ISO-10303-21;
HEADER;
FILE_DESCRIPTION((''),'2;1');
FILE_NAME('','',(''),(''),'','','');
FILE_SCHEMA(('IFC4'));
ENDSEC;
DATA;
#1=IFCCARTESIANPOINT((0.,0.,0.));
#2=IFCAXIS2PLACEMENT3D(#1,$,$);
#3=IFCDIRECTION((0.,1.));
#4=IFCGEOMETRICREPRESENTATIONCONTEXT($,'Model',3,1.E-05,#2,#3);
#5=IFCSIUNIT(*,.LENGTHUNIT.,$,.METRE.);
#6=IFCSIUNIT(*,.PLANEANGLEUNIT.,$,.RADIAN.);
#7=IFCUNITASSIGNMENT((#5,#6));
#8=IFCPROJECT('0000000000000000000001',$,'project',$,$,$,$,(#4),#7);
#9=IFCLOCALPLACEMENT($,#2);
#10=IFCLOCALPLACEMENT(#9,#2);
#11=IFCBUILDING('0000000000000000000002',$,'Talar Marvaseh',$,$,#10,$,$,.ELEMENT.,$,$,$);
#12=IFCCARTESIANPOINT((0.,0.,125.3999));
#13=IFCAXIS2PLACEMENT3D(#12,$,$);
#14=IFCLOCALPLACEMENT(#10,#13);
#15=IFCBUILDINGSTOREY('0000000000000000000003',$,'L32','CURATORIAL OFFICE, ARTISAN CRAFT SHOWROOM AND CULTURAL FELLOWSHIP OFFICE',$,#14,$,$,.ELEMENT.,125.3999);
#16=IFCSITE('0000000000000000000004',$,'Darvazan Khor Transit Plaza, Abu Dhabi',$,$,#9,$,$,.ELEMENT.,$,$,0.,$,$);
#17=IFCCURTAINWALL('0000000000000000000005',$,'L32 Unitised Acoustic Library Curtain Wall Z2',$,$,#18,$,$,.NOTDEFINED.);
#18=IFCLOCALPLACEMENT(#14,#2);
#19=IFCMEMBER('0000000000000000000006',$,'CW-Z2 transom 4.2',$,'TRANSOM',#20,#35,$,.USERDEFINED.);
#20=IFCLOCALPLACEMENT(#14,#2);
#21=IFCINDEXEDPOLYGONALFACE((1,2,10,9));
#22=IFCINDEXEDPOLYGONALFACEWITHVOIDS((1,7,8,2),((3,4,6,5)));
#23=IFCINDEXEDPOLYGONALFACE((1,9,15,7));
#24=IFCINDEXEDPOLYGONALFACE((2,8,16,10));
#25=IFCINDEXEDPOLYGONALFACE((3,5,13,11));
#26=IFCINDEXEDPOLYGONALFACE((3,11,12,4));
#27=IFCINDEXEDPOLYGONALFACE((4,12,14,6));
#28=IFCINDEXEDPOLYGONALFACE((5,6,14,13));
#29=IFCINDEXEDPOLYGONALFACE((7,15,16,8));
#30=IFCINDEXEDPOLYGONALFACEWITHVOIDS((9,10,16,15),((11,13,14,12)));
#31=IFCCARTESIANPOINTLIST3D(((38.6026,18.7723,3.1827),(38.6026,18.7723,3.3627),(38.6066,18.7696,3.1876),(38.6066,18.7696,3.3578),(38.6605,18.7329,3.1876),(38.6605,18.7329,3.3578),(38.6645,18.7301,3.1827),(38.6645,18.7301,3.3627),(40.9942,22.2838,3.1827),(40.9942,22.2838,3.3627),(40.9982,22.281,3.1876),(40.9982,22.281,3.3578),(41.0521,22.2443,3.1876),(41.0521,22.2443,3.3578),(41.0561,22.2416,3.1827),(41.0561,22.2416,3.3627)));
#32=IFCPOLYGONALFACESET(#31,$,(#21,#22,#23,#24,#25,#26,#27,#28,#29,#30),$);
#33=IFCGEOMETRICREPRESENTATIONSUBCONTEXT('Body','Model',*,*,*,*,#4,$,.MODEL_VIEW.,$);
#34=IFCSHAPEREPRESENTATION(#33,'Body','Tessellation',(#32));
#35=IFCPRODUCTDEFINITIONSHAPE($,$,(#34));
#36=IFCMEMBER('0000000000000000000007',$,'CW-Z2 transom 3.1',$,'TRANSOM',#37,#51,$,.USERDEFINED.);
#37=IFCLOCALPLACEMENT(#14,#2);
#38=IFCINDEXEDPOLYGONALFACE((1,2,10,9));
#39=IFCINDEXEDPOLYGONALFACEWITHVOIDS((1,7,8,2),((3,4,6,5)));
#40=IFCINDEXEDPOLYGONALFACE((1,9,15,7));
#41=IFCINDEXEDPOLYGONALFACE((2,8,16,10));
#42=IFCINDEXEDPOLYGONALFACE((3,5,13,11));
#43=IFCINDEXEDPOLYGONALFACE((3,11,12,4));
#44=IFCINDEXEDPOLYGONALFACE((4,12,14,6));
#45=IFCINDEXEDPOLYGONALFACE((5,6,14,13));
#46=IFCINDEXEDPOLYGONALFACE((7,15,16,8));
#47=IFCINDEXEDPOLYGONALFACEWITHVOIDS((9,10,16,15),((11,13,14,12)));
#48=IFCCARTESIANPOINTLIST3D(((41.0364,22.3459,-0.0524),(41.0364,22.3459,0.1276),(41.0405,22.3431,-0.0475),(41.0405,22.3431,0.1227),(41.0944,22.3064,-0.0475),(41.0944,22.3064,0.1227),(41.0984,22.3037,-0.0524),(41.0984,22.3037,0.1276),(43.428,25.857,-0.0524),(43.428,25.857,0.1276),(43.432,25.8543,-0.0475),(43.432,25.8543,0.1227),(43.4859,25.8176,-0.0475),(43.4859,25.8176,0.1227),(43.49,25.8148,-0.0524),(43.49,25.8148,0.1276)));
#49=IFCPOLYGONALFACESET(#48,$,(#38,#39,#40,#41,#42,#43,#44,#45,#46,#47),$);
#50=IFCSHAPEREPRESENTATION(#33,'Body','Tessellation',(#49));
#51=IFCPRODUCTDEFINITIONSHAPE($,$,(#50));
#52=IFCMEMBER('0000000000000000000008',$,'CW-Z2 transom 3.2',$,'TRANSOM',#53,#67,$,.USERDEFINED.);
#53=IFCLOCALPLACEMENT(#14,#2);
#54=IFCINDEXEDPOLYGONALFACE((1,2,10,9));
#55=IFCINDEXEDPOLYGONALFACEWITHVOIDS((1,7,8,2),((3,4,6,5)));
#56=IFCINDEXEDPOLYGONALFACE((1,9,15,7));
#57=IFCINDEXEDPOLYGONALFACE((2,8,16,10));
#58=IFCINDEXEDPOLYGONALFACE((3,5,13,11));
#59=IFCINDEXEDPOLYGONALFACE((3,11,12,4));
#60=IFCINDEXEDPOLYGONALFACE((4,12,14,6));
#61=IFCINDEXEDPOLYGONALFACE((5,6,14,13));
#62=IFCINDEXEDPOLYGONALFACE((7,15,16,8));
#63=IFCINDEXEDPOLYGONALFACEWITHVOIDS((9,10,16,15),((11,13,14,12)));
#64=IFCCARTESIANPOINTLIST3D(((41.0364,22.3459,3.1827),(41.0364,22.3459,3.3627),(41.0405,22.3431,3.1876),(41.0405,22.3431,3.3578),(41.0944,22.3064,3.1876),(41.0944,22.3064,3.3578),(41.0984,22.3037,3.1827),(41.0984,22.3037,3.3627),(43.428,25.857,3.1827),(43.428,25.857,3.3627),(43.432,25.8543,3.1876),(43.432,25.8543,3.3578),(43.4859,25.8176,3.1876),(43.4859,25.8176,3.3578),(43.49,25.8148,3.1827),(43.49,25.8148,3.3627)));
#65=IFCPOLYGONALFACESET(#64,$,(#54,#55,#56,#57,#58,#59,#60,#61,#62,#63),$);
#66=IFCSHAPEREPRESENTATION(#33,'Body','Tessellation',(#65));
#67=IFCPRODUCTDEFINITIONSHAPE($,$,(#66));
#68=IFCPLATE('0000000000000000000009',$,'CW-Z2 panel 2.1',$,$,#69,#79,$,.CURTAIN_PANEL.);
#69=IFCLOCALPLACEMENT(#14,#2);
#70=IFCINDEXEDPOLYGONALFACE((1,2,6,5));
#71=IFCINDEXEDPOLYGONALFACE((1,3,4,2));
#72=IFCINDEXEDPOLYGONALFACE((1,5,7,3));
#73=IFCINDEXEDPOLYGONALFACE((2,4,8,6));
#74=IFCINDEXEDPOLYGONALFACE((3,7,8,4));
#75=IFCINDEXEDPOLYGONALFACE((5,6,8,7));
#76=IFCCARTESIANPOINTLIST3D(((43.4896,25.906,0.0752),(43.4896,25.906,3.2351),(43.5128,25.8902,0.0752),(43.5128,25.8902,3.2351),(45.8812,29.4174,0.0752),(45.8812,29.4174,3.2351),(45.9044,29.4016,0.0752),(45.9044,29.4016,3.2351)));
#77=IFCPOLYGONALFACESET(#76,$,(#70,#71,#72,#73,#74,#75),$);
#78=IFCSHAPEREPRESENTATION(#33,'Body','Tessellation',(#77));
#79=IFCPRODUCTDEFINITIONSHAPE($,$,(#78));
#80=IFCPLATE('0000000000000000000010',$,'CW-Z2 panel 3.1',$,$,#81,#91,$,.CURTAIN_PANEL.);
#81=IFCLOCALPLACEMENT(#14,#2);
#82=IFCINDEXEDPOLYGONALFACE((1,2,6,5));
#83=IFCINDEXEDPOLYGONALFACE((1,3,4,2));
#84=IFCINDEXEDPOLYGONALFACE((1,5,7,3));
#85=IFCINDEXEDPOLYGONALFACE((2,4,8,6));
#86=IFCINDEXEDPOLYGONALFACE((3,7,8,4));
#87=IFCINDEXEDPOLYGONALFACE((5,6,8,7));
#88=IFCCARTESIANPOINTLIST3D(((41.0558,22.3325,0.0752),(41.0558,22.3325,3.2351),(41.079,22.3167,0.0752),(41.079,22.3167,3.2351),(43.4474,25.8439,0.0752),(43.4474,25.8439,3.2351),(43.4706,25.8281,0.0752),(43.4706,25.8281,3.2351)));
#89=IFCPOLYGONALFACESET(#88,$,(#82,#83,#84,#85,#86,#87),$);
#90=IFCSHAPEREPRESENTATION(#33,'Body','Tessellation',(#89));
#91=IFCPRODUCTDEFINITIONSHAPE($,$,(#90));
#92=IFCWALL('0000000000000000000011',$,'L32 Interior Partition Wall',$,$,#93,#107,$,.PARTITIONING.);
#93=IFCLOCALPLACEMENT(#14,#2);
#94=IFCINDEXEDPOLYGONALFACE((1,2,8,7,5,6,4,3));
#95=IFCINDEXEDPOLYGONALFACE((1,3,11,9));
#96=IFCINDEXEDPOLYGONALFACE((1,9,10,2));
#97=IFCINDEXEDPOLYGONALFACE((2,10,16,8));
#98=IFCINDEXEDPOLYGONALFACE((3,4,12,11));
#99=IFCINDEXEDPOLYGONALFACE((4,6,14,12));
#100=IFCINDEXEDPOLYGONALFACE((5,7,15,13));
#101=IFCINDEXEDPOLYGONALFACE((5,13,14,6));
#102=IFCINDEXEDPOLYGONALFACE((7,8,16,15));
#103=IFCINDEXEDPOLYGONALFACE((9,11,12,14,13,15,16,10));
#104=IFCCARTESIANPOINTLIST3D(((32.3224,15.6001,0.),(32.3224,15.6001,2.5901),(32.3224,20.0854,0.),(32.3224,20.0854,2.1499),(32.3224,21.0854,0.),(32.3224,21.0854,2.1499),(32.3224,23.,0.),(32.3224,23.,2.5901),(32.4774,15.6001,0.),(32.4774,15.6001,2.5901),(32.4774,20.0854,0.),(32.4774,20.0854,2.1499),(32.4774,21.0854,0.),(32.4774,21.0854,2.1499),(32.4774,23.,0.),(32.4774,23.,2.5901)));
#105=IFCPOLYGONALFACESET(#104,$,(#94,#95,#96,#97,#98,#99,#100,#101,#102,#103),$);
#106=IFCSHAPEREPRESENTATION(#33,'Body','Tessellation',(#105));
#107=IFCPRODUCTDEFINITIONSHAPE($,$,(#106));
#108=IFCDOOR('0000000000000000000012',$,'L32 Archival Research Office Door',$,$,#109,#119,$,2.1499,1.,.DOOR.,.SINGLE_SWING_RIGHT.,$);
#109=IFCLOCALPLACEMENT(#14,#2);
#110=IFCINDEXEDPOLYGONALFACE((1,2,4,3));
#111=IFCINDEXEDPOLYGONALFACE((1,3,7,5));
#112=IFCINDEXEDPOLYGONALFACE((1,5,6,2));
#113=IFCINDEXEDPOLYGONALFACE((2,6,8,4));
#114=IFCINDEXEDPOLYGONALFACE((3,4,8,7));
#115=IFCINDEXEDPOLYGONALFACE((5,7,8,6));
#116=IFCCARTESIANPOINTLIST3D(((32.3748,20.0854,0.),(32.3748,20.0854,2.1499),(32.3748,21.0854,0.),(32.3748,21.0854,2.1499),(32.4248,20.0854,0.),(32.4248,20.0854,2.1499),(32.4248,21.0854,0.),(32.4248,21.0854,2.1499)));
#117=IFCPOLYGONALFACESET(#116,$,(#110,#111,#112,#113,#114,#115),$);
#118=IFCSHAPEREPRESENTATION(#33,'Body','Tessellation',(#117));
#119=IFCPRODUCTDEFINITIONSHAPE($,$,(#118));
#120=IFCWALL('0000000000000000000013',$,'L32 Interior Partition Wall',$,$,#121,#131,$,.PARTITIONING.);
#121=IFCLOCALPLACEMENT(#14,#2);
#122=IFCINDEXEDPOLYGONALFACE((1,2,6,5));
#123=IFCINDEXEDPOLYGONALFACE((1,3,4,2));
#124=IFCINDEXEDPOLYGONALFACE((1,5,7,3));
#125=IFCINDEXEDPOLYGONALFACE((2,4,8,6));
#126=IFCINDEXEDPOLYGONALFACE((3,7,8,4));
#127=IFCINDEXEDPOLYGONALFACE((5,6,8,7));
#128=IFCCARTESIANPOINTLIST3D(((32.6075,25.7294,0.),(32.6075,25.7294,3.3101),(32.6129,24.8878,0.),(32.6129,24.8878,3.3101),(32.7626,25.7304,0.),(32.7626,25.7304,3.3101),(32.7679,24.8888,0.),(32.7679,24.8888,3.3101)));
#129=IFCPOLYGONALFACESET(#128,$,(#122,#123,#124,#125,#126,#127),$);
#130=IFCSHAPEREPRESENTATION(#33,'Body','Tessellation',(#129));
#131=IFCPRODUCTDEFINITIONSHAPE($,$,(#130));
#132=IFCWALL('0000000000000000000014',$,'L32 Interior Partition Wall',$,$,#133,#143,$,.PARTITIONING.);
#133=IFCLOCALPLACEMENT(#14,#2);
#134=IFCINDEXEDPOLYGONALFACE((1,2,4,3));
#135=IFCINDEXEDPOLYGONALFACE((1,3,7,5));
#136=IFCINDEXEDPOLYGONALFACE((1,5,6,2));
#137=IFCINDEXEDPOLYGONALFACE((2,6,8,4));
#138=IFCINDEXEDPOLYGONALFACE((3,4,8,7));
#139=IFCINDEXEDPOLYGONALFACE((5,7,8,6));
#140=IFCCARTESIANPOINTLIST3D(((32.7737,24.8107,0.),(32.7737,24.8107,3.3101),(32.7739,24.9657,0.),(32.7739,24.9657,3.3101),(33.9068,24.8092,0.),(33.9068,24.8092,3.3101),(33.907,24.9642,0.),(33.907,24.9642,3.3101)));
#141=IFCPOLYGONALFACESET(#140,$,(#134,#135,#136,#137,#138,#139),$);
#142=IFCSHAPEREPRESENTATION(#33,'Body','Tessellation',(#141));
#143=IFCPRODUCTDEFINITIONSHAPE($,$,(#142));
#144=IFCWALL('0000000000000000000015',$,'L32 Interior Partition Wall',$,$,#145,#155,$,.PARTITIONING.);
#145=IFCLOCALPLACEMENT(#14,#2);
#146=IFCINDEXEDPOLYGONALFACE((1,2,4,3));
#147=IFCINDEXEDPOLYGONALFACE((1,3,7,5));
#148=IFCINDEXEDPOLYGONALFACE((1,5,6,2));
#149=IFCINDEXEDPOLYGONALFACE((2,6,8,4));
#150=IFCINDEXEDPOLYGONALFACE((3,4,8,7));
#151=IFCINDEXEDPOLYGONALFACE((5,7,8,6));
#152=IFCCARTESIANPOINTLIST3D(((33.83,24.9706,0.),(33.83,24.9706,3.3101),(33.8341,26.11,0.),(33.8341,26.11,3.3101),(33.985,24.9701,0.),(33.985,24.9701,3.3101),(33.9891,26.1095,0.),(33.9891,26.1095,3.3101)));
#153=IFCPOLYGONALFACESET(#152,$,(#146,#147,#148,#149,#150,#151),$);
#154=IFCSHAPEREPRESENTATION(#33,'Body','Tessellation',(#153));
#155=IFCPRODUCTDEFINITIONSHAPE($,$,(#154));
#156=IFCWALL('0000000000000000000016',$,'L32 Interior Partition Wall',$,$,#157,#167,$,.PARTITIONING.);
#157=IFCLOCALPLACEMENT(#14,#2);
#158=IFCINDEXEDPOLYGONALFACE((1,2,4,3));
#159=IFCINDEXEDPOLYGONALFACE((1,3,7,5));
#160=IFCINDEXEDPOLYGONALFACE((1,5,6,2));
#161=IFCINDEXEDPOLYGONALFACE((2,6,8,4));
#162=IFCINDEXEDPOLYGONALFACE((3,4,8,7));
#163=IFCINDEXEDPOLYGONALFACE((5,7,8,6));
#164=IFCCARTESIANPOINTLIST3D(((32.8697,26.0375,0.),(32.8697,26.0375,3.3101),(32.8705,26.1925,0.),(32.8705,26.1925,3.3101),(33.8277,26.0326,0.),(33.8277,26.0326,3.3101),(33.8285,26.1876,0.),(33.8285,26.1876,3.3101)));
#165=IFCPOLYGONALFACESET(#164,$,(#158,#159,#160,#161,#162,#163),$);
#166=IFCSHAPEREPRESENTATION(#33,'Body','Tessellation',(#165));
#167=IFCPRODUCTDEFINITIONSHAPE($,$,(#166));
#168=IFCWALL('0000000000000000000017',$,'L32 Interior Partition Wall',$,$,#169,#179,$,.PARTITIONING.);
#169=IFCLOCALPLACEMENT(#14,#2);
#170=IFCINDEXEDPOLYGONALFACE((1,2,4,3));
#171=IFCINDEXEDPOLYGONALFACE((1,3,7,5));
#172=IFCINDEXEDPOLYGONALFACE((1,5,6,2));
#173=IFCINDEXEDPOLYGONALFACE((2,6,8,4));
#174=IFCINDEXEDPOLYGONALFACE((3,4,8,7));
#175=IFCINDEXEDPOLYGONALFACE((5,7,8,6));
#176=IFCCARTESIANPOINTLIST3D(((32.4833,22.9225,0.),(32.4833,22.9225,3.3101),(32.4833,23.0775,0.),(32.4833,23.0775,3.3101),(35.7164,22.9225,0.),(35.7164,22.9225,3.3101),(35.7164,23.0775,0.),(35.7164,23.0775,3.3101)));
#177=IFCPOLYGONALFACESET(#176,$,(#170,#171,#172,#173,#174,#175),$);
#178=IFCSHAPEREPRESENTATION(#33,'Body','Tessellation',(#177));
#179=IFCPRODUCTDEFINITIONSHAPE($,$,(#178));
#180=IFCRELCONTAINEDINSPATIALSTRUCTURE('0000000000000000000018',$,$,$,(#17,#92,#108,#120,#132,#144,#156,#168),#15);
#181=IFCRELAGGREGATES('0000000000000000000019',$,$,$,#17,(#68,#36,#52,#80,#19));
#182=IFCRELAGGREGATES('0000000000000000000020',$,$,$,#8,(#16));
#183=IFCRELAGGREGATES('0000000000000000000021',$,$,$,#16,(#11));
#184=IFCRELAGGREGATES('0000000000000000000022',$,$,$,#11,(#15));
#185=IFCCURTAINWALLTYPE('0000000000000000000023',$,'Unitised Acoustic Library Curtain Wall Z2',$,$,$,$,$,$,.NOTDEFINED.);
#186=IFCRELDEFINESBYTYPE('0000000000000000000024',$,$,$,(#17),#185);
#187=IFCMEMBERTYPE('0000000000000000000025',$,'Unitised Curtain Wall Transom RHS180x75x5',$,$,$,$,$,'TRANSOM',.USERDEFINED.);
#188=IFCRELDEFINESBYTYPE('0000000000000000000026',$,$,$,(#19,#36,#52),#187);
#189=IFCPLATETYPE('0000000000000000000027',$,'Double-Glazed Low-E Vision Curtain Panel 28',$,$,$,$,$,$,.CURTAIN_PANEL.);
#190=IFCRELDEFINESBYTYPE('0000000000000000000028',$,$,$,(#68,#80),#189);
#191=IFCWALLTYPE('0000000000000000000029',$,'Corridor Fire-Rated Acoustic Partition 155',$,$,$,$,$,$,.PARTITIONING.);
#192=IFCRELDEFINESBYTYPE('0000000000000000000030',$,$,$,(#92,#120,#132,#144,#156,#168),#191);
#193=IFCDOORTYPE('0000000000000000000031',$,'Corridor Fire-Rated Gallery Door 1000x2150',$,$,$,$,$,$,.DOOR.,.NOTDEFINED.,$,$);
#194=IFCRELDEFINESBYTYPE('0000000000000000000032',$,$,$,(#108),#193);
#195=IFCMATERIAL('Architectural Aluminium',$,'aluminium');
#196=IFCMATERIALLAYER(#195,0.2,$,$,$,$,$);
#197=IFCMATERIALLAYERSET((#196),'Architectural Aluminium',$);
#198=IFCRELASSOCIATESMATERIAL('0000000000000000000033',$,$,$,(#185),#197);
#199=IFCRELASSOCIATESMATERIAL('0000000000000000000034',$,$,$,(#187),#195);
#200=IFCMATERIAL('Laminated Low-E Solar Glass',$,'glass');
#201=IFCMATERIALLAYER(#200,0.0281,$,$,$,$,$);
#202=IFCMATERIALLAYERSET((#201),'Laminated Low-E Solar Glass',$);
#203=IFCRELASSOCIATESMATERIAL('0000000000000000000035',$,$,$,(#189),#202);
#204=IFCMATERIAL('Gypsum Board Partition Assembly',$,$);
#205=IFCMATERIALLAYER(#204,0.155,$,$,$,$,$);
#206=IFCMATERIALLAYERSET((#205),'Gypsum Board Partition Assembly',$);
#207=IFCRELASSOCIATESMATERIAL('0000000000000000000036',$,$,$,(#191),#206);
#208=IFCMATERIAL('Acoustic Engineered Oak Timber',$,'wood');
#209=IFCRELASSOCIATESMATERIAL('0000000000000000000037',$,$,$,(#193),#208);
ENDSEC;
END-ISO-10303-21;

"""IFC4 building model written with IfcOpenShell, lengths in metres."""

from ifc_helpers import new_model, si_unit, direction, frame, frame_2d, origin, origin_2d, place, context, subcontext, project, spatial, rectangle, hollow_rectangle, extrude, source, transform, mapped, material, layer, layer_set, material_profile, profile_set, type_object, type_shapes, element, fill, aggregate, save


model = new_model("IFC4")

# Units and contexts
model_context = context("Model", 3, precision=1e-05, world=origin(), true_north=direction((0.0, 1.0)))
body_context = subcontext(model_context, "Body", "Model", "MODEL_VIEW")
ifc_project = project(units=[si_unit("LENGTHUNIT", "METRE"), si_unit("PLANEANGLEUNIT", "RADIAN")], contexts=[model_context])

# Site, building, storey
site_placement = place(None, origin())
site = spatial("IfcSite", under=ifc_project, at=site_placement, Name="Darvazan Khor Transit Plaza, Abu Dhabi", CompositionType="ELEMENT", RefElevation=0.0)
building_placement = place(site_placement, origin())
building = spatial("IfcBuilding", under=site, at=building_placement, Name="Talar Marvaseh", CompositionType="ELEMENT")
storey_placement = place(building_placement, frame((0.0, 0.0, 125.3999)))
storey = spatial("IfcBuildingStorey", under=building, at=storey_placement, Name="L32", Description="CURATORIAL OFFICE, ARTISAN CRAFT SHOWROOM AND CULTURAL FELLOWSHIP OFFICE", CompositionType="ELEMENT", Elevation=125.3999)

# Curtain wall, members, plates
ifc_material_1 = material(Name="Architectural Aluminium", Category="aluminium")
ifc_layer_1 = layer(ifc_material_1, 0.2)
ifc_layer_set_1 = layer_set([ifc_layer_1], Name="Architectural Aluminium")
curtain_wall_type = type_object("IfcCurtainWallType", Name="Unitised Acoustic Library Curtain Wall Z2", PredefinedType="NOTDEFINED", material=ifc_layer_set_1)
curtain_wall_placement = place(storey_placement, origin())
curtain_wall = element("IfcCurtainWall", 1, at=curtain_wall_placement, inside=storey, type_object=curtain_wall_type, Name="L32 Unitised Acoustic Library Curtain Wall Z2", PredefinedType="NOTDEFINED")
ifc_material_profile_1 = material_profile(ifc_material_1, hollow_rectangle(XDim=0.075, YDim=0.1799, WallThickness=0.0049, at=origin_2d()), Name="RHS180x75x5")
ifc_profile_set_1 = profile_set([ifc_material_profile_1], Name="Architectural Aluminium")
member_type_1 = type_object("IfcMemberType", Name="Unitised Curtain Wall Transom RHS180x75x5", ElementType="TRANSOM", PredefinedType="USERDEFINED", material=ifc_profile_set_1)
shared_shape_1 = source(origin(), body_context, "Body", "SweptSolid", [
    extrude(hollow_rectangle(XDim=0.075, YDim=0.1799, WallThickness=0.0049, at=origin_2d()), origin(), (0.0, 0.0, 1.0), 4.2485),
])
member_1_placement = place(storey_placement, frame((41.0251, 22.2627, 3.2727), z_axis=(-0.562921, -0.826511, 0.0), x_axis=(0.826511, -0.562921, 0.0)))
member_1 = element("IfcMember", 2, at=member_1_placement, type_object=member_type_1, Name="CW-Z2 transom 4.2", ObjectType="TRANSOM", PredefinedType="USERDEFINED", context=body_context, shape_type="MappedRepresentation", body=[
    mapped(shared_shape_1, transform((0.0, 0.0, 0.0), x_axis=(1.0, 0.0, 0.0), y_axis=(0.0, 1.0, 0.0), z_axis=(0.0, 0.0, 1.0), scale=1.0)),
])
shared_shape_2 = source(origin(), body_context, "Body", "SweptSolid", [
    extrude(hollow_rectangle(XDim=0.075, YDim=0.1799, WallThickness=0.0049, at=origin_2d()), origin(), (0.0, 0.0, 1.0), 4.2483),
])
type_shapes(member_type_1, [shared_shape_1, shared_shape_2])
member_2_placement = place(storey_placement, frame((43.459, 25.8359, 0.0376), z_axis=(-0.562948, -0.826492, 0.0), x_axis=(0.826492, -0.562948, 0.0)))
member_2 = element("IfcMember", 3, at=member_2_placement, type_object=member_type_1, Name="CW-Z2 transom 3.1", ObjectType="TRANSOM", PredefinedType="USERDEFINED", context=body_context, shape_type="MappedRepresentation", body=[
    mapped(shared_shape_2, transform((0.0, 0.0, 0.0), x_axis=(1.0, 0.0, 0.0), y_axis=(0.0, 1.0, 0.0), z_axis=(0.0, 0.0, 1.0), scale=1.0)),
])
member_3_placement = place(storey_placement, frame((43.459, 25.8359, 3.2727), z_axis=(-0.562948, -0.826492, 0.0), x_axis=(0.826492, -0.562948, 0.0)))
member_3 = element("IfcMember", 4, at=member_3_placement, type_object=member_type_1, Name="CW-Z2 transom 3.2", ObjectType="TRANSOM", PredefinedType="USERDEFINED", context=body_context, shape_type="MappedRepresentation", body=[
    mapped(shared_shape_2, transform((0.0, 0.0, 0.0), x_axis=(1.0, 0.0, 0.0), y_axis=(0.0, 1.0, 0.0), z_axis=(0.0, 0.0, 1.0), scale=1.0)),
])
ifc_material_2 = material(Name="Laminated Low-E Solar Glass", Category="glass")
ifc_layer_2 = layer(ifc_material_2, 0.0281)
ifc_layer_set_2 = layer_set([ifc_layer_2], Name="Laminated Low-E Solar Glass")
plate_type = type_object("IfcPlateType", Name="Double-Glazed Low-E Vision Curtain Panel 28", PredefinedType="CURTAIN_PANEL", material=ifc_layer_set_2)
shared_shape_3 = source(origin(), body_context, "Body", "SweptSolid", [
    extrude(rectangle(XDim=4.2485, YDim=0.0281, at=origin_2d()), origin(), (0.0, 0.0, 1.0), 3.1599),
])
type_shapes(plate_type, [shared_shape_3])
plate_1_placement = place(storey_placement, frame((44.697, 27.6538, 0.0752), z_axis=(0.0, 0.0, 1.0), x_axis=(-0.562931, -0.826504, 0.0)))
plate_1 = element("IfcPlate", 5, at=plate_1_placement, type_object=plate_type, Name="CW-Z2 panel 2.1", PredefinedType="CURTAIN_PANEL", context=body_context, shape_type="MappedRepresentation", body=[
    mapped(shared_shape_3, transform((0.0, 0.0, 0.0), x_axis=(1.0, 0.0, 0.0), y_axis=(0.0, 1.0, 0.0), z_axis=(0.0, 0.0, 1.0), scale=1.0)),
])
plate_2_placement = place(storey_placement, frame((42.2632, 24.0803, 0.0752), z_axis=(0.0, 0.0, 1.0), x_axis=(-0.562931, -0.826504, 0.0)))
plate_2 = element("IfcPlate", 6, at=plate_2_placement, type_object=plate_type, Name="CW-Z2 panel 3.1", PredefinedType="CURTAIN_PANEL", context=body_context, shape_type="MappedRepresentation", body=[
    mapped(shared_shape_3, transform((0.0, 0.0, 0.0), x_axis=(1.0, 0.0, 0.0), y_axis=(0.0, 1.0, 0.0), z_axis=(0.0, 0.0, 1.0), scale=1.0)),
])
aggregate(curtain_wall, [plate_1, member_2, member_3, plate_2, member_1])

# Wall, opening, door
ifc_material_3 = material(Name="Gypsum Board Partition Assembly")
ifc_layer_3 = layer(ifc_material_3, 0.155)
ifc_layer_set_3 = layer_set([ifc_layer_3], Name="Gypsum Board Partition Assembly")
wall_type_1 = type_object("IfcWallType", Name="Corridor Fire-Rated Acoustic Partition 155", PredefinedType="PARTITIONING", material=ifc_layer_set_3)
wall_1_placement = place(storey_placement, frame((32.3999, 23.0, 0.0), z_axis=(0.0, 0.0, 1.0), x_axis=(0.0, -1.0, 0.0)))
wall_1 = element("IfcWall", 7, at=wall_1_placement, inside=storey, type_object=wall_type_1, Name="L32 Interior Partition Wall", PredefinedType="PARTITIONING", context=body_context, shape_type="SweptSolid", body=[
    extrude(rectangle(XDim=7.3999, YDim=0.155, at=frame_2d((3.7, 0.0))), origin(), (0.0, 0.0, 1.0), 2.5901),
])
opening_1_placement = place(wall_1_placement, frame((1.9146, 0.0, 0.0)))
opening_1 = element("IfcOpeningElement", 8, at=opening_1_placement, cuts=wall_1, PredefinedType="OPENING", context=body_context, shape_type="SweptSolid", body=[
    extrude(rectangle(XDim=1.0, YDim=2.1499, at=frame_2d((0.5, 1.075))), frame((0.0, 0.0874, 0.0), z_axis=(0.0, -1.0, 0.0), x_axis=(1.0, 0.0, 0.0)), (0.0, 0.0, 1.0), 0.175),
])
ifc_material_4 = material(Name="Acoustic Engineered Oak Timber", Category="wood")
door_type_1 = type_object("IfcDoorType", Name="Corridor Fire-Rated Gallery Door 1000x2150", OperationType="NOTDEFINED", PredefinedType="DOOR", material=ifc_material_4)
shared_shape_4 = source(origin(), body_context, "Body", "SweptSolid", [
    extrude(rectangle(XDim=1.0, YDim=2.1499, at=frame_2d((0.5, 1.075))), frame((0.0, 0.0249, 0.0), z_axis=(0.0, -1.0, 0.0), x_axis=(1.0, 0.0, 0.0)), (0.0, 0.0, 1.0), 0.05),
])
type_shapes(door_type_1, [shared_shape_4])
door_1_placement = place(opening_1_placement, origin())
door_1 = element("IfcDoor", 9, at=door_1_placement, inside=storey, type_object=door_type_1, Name="L32 Archival Research Office Door", OperationType="SINGLE_SWING_RIGHT", OverallHeight=2.1499, OverallWidth=1.0, PredefinedType="DOOR", context=body_context, shape_type="MappedRepresentation", body=[
    mapped(shared_shape_4, transform((0.0, 0.0, 0.0), x_axis=(1.0, 0.0, 0.0), y_axis=(0.0, 1.0, 0.0), z_axis=(0.0, 0.0, 1.0), scale=1.0)),
])
fill(opening_1, door_1)

# Walls
wall_2_placement = place(storey_placement, frame((32.6851, 25.73, 0.0), z_axis=(0.0, 0.0, 1.0), x_axis=(0.006382, -0.99998, 0.0)))
element("IfcWall", 10, at=wall_2_placement, inside=storey, type_object=wall_type_1, Name="L32 Interior Partition Wall", PredefinedType="PARTITIONING", context=body_context, shape_type="SweptSolid", body=[
    extrude(rectangle(XDim=0.8416, YDim=0.155, at=frame_2d((0.4209, 0.0))), origin(), (0.0, 0.0, 1.0), 3.3101),
])
wall_3_placement = place(storey_placement, frame((32.7739, 24.8882, 0.0), z_axis=(0.0, 0.0, 1.0), x_axis=(0.999999, -0.001293, 0.0)))
element("IfcWall", 11, at=wall_3_placement, inside=storey, type_object=wall_type_1, Name="L32 Interior Partition Wall", PredefinedType="PARTITIONING", context=body_context, shape_type="SweptSolid", body=[
    extrude(rectangle(XDim=1.1331, YDim=0.155, at=frame_2d((0.5664, 0.0))), origin(), (0.0, 0.0, 1.0), 3.3101),
])
wall_4_placement = place(storey_placement, frame((33.9075, 24.9702, 0.0), z_axis=(0.0, 0.0, 1.0), x_axis=(0.003643, 0.999993, 0.0)))
element("IfcWall", 12, at=wall_4_placement, inside=storey, type_object=wall_type_1, Name="L32 Interior Partition Wall", PredefinedType="PARTITIONING", context=body_context, shape_type="SweptSolid", body=[
    extrude(rectangle(XDim=1.1394, YDim=0.155, at=frame_2d((0.5698, 0.0))), origin(), (0.0, 0.0, 1.0), 3.3101),
])
wall_5_placement = place(storey_placement, frame((33.8281, 26.1101, 0.0), z_axis=(0.0, 0.0, 1.0), x_axis=(-0.999987, 0.005097, 0.0)))
element("IfcWall", 13, at=wall_5_placement, inside=storey, type_object=wall_type_1, Name="L32 Interior Partition Wall", PredefinedType="PARTITIONING", context=body_context, shape_type="SweptSolid", body=[
    extrude(rectangle(XDim=0.958, YDim=0.155, at=frame_2d((0.479, 0.0))), origin(), (0.0, 0.0, 1.0), 3.3101),
])
wall_6_placement = place(storey_placement, frame((35.7166, 23.0, 0.0), z_axis=(0.0, 0.0, 1.0), x_axis=(-1.0, 0.0, 0.0)))
element("IfcWall", 14, at=wall_6_placement, inside=storey, type_object=wall_type_1, Name="L32 Interior Partition Wall", PredefinedType="PARTITIONING", context=body_context, shape_type="SweptSolid", body=[
    extrude(rectangle(XDim=3.2332, YDim=0.155, at=frame_2d((1.6167, 0.0))), origin(), (0.0, 0.0, 1.0), 3.3101),
])

save(model, "model.ifc")
